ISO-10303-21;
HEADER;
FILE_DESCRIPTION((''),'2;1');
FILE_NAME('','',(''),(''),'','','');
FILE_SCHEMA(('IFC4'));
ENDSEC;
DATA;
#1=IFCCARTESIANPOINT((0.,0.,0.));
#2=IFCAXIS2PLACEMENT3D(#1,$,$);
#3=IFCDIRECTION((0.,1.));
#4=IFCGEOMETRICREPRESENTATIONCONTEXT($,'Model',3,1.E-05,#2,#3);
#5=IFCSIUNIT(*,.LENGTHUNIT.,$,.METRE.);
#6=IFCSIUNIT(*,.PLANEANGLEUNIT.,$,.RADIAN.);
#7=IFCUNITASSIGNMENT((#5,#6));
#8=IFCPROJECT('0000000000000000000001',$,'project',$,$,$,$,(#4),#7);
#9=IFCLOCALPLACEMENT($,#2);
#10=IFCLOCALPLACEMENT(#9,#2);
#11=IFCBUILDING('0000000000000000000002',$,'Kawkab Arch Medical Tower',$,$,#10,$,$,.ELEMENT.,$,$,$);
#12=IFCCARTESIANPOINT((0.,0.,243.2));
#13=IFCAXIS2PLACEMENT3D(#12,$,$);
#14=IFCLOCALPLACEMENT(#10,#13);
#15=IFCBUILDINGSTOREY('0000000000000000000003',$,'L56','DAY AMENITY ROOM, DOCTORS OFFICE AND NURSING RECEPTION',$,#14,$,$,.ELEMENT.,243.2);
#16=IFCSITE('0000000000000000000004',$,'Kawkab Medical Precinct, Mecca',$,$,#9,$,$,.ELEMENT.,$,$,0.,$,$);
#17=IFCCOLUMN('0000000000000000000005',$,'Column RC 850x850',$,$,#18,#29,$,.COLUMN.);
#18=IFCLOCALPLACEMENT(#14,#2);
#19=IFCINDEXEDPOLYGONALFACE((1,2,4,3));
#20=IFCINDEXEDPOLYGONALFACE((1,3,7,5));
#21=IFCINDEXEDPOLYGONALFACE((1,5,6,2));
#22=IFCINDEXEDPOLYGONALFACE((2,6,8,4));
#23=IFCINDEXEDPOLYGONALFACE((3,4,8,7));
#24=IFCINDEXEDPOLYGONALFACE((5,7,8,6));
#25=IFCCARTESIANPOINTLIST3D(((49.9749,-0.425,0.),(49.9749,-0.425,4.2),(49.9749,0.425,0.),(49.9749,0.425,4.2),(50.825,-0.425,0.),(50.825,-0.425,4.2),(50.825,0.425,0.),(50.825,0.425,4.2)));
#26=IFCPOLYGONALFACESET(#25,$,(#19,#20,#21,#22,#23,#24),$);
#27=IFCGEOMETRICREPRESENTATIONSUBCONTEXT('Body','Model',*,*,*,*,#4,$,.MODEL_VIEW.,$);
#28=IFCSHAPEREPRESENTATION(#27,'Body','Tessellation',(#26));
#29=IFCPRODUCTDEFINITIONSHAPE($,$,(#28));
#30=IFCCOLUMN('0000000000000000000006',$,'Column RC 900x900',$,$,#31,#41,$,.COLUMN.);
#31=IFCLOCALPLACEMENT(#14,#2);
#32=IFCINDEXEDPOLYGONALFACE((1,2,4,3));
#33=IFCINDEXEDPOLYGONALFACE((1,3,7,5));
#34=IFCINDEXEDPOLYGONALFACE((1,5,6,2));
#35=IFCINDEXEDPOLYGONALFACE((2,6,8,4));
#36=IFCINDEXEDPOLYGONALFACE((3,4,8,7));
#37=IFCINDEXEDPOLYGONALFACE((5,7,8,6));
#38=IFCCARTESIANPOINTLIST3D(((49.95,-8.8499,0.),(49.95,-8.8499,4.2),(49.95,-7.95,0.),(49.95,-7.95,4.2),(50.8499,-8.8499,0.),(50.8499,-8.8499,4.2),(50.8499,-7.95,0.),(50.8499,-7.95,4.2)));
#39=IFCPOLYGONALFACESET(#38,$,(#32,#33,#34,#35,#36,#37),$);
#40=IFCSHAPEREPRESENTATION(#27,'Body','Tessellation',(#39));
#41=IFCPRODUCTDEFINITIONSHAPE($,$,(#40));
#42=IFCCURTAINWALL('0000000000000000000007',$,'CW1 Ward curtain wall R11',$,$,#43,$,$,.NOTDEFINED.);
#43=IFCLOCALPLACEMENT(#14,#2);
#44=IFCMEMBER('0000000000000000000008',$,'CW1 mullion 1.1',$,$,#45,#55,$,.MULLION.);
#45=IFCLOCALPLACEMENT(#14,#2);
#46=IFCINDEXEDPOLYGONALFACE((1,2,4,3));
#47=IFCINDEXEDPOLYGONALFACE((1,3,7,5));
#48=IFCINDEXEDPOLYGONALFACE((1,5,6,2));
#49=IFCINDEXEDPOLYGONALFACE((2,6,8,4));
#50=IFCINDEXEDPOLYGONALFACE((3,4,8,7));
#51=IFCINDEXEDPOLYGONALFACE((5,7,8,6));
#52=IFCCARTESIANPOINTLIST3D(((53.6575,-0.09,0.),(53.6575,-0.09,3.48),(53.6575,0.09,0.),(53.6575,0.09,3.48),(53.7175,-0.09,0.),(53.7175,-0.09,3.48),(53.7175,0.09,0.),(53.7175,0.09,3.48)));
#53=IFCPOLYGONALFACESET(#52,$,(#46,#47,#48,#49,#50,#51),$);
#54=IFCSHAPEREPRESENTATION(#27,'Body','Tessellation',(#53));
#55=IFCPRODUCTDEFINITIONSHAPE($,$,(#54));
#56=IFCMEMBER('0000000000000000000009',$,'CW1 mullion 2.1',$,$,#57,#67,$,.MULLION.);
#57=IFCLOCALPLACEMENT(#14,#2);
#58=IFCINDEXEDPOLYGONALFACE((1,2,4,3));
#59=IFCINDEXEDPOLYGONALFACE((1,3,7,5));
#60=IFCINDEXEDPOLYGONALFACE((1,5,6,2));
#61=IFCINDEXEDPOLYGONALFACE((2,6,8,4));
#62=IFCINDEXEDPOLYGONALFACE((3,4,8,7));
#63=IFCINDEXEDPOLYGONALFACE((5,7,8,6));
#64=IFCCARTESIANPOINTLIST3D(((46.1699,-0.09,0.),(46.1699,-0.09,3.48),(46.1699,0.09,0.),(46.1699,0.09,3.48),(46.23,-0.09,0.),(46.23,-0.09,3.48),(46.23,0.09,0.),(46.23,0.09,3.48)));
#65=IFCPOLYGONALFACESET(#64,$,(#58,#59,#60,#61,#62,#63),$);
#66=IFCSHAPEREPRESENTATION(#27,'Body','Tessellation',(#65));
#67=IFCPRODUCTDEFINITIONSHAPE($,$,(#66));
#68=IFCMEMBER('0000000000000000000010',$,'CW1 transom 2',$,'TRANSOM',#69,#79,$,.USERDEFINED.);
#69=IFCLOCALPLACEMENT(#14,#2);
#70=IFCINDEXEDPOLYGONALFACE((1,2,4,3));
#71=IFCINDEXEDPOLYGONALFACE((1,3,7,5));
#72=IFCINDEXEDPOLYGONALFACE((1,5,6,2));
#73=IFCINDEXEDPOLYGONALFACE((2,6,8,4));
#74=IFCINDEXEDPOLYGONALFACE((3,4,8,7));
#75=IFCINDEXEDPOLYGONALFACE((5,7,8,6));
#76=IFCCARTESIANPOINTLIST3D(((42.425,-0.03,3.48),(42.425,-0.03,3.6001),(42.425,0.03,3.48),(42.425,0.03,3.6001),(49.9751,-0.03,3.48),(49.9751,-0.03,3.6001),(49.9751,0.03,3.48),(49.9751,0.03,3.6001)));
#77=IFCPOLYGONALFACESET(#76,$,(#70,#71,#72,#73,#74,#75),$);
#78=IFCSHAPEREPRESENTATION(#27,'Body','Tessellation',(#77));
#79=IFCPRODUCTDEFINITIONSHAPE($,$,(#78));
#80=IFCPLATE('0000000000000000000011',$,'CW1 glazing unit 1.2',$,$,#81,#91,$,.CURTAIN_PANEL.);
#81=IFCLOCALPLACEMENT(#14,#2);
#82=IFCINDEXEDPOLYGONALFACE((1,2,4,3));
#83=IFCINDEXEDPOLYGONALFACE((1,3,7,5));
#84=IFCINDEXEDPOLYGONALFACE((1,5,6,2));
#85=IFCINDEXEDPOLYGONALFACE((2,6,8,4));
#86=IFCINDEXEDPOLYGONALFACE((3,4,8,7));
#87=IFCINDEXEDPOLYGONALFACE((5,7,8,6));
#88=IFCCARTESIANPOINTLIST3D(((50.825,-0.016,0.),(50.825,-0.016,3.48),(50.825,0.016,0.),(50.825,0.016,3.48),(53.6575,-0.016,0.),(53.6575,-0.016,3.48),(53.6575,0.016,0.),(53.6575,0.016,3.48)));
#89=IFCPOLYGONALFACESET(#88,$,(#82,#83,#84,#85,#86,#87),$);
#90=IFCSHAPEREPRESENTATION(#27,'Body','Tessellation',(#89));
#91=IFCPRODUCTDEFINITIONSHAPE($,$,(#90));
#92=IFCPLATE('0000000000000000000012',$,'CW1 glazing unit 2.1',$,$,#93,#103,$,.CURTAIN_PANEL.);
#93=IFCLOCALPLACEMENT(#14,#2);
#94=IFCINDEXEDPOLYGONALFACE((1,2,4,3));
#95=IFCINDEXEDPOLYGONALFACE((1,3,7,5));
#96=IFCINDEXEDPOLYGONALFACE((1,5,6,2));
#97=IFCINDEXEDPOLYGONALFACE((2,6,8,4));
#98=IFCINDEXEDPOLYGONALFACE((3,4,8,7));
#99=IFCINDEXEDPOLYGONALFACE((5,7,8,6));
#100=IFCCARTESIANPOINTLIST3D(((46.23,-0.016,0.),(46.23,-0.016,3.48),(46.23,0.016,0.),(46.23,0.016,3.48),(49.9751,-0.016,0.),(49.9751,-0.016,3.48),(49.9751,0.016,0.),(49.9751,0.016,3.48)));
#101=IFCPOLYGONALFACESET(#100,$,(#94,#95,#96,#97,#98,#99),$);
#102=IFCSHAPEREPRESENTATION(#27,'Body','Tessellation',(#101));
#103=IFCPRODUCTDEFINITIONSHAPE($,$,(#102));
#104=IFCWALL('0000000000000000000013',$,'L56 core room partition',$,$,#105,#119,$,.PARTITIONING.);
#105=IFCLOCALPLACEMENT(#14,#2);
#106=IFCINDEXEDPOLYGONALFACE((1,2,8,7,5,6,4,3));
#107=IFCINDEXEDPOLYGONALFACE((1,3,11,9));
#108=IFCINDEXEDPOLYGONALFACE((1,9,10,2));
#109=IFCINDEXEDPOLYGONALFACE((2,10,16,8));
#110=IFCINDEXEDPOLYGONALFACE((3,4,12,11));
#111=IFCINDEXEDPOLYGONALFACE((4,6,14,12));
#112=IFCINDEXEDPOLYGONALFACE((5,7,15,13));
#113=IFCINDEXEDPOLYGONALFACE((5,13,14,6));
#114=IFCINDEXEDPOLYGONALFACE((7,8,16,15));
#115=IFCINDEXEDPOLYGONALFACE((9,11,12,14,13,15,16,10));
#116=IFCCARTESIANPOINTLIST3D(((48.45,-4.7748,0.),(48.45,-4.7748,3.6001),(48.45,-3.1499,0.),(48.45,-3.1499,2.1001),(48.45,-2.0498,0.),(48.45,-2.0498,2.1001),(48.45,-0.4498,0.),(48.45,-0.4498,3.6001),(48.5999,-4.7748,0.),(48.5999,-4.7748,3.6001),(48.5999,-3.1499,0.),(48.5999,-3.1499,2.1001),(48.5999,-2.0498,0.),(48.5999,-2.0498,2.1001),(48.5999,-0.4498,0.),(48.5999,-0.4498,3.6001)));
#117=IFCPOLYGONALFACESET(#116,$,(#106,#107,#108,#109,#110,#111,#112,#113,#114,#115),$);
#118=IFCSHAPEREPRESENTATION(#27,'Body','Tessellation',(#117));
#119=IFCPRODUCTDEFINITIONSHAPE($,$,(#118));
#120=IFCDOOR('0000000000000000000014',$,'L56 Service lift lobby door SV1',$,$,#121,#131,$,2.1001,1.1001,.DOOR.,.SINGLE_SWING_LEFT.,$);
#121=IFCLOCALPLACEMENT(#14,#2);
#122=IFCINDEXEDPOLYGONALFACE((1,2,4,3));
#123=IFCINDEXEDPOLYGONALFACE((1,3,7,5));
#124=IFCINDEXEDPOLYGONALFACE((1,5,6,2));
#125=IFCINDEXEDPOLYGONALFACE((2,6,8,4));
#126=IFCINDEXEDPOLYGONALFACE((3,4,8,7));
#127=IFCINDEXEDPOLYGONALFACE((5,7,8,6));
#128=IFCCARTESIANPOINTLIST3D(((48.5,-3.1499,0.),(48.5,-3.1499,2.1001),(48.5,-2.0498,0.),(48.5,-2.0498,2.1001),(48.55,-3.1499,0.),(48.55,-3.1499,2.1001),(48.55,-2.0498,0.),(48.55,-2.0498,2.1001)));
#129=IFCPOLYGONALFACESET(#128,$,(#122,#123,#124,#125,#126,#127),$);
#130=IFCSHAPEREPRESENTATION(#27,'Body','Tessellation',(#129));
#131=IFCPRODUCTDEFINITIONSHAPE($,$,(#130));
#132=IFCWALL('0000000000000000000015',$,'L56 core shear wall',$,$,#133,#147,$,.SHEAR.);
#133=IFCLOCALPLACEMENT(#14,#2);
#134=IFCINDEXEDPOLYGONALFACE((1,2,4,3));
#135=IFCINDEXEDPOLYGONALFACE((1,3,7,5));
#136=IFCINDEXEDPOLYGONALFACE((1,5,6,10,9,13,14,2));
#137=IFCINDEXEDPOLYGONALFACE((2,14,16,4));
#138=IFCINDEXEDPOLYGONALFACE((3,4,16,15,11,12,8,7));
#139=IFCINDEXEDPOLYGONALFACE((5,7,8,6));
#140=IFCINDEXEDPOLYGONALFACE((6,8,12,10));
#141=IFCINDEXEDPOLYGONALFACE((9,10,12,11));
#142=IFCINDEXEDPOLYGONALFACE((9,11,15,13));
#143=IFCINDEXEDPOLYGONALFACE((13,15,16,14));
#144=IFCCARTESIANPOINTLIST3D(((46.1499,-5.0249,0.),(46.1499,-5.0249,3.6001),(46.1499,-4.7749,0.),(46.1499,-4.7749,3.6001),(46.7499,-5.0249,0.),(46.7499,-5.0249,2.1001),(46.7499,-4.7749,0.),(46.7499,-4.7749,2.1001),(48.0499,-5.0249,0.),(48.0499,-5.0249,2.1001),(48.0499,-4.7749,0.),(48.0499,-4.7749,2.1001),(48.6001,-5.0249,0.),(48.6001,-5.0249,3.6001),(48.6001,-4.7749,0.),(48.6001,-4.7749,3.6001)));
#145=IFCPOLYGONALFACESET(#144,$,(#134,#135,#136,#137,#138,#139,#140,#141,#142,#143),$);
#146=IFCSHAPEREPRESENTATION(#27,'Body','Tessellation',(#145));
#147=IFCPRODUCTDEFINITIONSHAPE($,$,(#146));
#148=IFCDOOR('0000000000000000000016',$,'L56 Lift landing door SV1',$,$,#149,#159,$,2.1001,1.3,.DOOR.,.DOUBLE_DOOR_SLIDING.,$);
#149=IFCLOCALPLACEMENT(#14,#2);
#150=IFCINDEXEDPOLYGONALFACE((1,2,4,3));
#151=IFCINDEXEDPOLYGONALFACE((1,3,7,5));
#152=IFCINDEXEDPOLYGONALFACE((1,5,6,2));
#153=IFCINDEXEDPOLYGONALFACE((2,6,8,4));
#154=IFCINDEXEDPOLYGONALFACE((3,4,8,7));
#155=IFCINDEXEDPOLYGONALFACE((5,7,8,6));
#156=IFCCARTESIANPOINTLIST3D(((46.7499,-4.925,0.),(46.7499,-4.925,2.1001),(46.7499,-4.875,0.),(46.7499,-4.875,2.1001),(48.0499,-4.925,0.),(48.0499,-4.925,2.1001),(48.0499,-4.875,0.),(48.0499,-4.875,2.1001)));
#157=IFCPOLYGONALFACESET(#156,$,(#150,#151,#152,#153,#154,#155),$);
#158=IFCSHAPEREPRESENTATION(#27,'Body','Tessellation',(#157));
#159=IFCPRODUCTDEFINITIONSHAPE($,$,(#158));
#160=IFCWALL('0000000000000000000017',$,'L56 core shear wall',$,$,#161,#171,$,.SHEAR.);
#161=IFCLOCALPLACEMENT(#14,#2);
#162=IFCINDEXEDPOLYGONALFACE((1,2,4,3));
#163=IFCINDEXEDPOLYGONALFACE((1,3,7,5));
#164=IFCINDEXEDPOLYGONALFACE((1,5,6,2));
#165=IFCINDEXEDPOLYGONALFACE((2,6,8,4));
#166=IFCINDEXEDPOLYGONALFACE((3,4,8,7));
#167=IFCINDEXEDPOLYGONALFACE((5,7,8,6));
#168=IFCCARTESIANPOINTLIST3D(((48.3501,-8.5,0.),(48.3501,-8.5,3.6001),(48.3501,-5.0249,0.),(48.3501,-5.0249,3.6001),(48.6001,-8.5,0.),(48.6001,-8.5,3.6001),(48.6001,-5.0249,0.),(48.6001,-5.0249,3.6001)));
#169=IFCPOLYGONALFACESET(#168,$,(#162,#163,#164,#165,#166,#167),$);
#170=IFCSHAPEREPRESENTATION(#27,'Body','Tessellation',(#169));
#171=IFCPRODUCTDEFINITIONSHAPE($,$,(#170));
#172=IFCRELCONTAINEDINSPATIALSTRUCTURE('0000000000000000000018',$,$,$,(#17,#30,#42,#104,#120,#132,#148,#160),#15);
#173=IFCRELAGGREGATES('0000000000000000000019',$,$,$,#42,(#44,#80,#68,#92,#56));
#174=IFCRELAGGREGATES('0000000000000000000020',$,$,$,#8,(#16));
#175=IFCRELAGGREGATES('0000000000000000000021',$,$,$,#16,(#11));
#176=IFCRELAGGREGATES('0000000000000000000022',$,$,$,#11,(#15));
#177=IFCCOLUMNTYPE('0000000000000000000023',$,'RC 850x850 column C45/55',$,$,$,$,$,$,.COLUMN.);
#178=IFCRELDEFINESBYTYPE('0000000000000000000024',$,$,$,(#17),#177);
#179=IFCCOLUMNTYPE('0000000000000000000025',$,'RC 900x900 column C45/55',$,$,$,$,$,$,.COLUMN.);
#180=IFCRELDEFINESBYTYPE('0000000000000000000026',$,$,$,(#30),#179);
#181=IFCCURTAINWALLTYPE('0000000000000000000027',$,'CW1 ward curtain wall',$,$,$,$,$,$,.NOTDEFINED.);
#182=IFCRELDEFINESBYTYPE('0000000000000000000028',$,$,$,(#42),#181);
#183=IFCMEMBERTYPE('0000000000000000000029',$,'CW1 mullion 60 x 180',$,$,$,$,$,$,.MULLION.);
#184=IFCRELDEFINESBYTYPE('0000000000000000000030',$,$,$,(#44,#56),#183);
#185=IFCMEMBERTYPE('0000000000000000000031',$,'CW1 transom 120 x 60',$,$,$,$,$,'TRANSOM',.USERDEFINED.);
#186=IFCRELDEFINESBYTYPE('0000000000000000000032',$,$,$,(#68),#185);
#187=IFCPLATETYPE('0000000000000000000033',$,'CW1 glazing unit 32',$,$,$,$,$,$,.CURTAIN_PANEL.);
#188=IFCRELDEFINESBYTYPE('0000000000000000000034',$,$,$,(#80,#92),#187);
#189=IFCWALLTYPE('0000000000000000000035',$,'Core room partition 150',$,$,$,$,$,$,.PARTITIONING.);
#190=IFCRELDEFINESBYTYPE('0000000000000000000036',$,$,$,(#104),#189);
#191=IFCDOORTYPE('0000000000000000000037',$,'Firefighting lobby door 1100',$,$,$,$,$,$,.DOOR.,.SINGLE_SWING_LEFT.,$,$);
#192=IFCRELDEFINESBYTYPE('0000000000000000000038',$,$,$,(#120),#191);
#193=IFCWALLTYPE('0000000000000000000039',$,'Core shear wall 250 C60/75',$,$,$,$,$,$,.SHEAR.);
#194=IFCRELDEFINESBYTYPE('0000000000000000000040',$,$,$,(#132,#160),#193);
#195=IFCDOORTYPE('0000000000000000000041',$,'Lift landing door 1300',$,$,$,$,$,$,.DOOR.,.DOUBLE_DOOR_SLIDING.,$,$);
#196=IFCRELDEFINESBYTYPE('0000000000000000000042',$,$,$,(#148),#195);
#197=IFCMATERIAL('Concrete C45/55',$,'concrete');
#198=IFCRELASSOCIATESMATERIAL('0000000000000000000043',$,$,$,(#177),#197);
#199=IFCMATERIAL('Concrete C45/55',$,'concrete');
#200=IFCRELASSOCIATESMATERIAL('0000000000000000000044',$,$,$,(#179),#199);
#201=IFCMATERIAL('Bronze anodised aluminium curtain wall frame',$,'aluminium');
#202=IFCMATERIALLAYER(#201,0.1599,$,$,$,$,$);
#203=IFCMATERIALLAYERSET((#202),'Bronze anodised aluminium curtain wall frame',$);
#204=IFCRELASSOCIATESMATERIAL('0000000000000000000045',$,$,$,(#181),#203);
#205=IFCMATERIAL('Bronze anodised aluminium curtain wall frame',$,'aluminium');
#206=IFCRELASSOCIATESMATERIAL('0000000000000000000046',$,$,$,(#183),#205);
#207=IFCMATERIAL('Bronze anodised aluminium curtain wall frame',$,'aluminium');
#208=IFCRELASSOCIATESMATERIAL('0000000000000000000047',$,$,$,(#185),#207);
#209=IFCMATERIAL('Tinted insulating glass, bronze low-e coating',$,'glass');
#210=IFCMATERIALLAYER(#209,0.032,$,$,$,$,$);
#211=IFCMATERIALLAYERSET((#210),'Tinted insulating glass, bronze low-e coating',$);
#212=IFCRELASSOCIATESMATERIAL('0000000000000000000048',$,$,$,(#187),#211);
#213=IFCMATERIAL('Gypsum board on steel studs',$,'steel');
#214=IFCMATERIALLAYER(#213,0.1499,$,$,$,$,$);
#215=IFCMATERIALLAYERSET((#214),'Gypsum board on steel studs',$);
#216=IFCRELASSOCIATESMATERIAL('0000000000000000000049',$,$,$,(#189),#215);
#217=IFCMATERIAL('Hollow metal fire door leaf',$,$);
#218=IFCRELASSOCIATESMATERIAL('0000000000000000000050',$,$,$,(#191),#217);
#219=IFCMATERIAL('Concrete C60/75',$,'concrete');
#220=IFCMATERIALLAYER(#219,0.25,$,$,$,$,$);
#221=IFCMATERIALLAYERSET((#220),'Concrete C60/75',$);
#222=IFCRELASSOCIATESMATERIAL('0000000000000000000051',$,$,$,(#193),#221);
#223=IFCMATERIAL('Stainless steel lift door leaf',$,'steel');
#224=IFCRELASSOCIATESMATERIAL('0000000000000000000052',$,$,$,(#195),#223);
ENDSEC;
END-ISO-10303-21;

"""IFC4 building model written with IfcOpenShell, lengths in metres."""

from ifc_helpers import new_model, si_unit, direction, frame, frame_2d, origin, origin_2d, place, context, subcontext, project, spatial, rectangle, extrude, material, layer, layer_set, material_profile, profile_set, type_object, element, fill, aggregate, save


model = new_model("IFC4")

# Units and contexts
model_context = context("Model", 3, precision=1e-05, world=origin(), true_north=direction((0.0, 1.0)))
body_context = subcontext(model_context, "Body", "Model", "MODEL_VIEW")
ifc_project = project(units=[si_unit("LENGTHUNIT", "METRE"), si_unit("PLANEANGLEUNIT", "RADIAN")], contexts=[model_context])

# Site, building, storey
site_placement = place(None, origin())
site = spatial("IfcSite", under=ifc_project, at=site_placement, Name="Kawkab Medical Precinct, Mecca", CompositionType="ELEMENT", RefElevation=0.0)
building_placement = place(site_placement, origin())
building = spatial("IfcBuilding", under=site, at=building_placement, Name="Kawkab Arch Medical Tower", CompositionType="ELEMENT")
storey_placement = place(building_placement, frame((0.0, 0.0, 243.2)))
storey = spatial("IfcBuildingStorey", under=building, at=storey_placement, Name="L56", Description="DAY AMENITY ROOM, DOCTORS OFFICE AND NURSING RECEPTION", CompositionType="ELEMENT", Elevation=243.2)

# Columns
ifc_material_1 = material(Name="Concrete C45/55", Category="concrete")
ifc_material_profile_1 = material_profile(ifc_material_1, rectangle(XDim=0.8501, YDim=0.8501, at=origin_2d()), Name="RC 850x850")
ifc_profile_set_1 = profile_set([ifc_material_profile_1], Name="Concrete C45/55")
column_type_1 = type_object("IfcColumnType", Name="RC 850x850 column C45/55", PredefinedType="COLUMN", material=ifc_profile_set_1)
column_1_placement = place(storey_placement, frame((50.3999, 0.0, 0.0), z_axis=(0.0, 0.0, 1.0), x_axis=(1.0, 0.0, 0.0)))
element("IfcColumn", 1, at=column_1_placement, inside=storey, type_object=column_type_1, Name="Column RC 850x850", PredefinedType="COLUMN", context=body_context, shape_type="SweptSolid", body=[
    extrude(rectangle(XDim=0.8501, YDim=0.8501, at=origin_2d()), origin(), (0.0, 0.0, 1.0), 4.2),
])
ifc_material_2 = material(Name="Concrete C45/55", Category="concrete")
ifc_material_profile_2 = material_profile(ifc_material_2, rectangle(XDim=0.8999, YDim=0.8999, at=origin_2d()), Name="RC 900x900")
ifc_profile_set_2 = profile_set([ifc_material_profile_2], Name="Concrete C45/55")
column_type_2 = type_object("IfcColumnType", Name="RC 900x900 column C45/55", PredefinedType="COLUMN", material=ifc_profile_set_2)
column_2_placement = place(storey_placement, frame((50.3999, -8.3999, 0.0), z_axis=(0.0, 0.0, 1.0), x_axis=(1.0, 0.0, 0.0)))
element("IfcColumn", 2, at=column_2_placement, inside=storey, type_object=column_type_2, Name="Column RC 900x900", PredefinedType="COLUMN", context=body_context, shape_type="SweptSolid", body=[
    extrude(rectangle(XDim=0.8999, YDim=0.8999, at=origin_2d()), origin(), (0.0, 0.0, 1.0), 4.2),
])

# Curtain wall, members, plates
ifc_material_3 = material(Name="Bronze anodised aluminium curtain wall frame", Category="aluminium")
ifc_layer_1 = layer(ifc_material_3, 0.1599)
ifc_layer_set_1 = layer_set([ifc_layer_1], Name="Bronze anodised aluminium curtain wall frame")
curtain_wall_type = type_object("IfcCurtainWallType", Name="CW1 ward curtain wall", PredefinedType="NOTDEFINED", material=ifc_layer_set_1)
placement = place(storey_placement, origin())
curtain_wall = element("IfcCurtainWall", 3, at=placement, inside=storey, type_object=curtain_wall_type, Name="CW1 Ward curtain wall R11", PredefinedType="NOTDEFINED")
ifc_material_4 = material(Name="Bronze anodised aluminium curtain wall frame", Category="aluminium")
ifc_material_profile_3 = material_profile(ifc_material_4, rectangle(XDim=0.1799, YDim=0.0601, at=origin_2d()), Name="AL 60x180")
ifc_profile_set_3 = profile_set([ifc_material_profile_3], Name="Bronze anodised aluminium curtain wall frame")
member_type_1 = type_object("IfcMemberType", Name="CW1 mullion 60 x 180", PredefinedType="MULLION", material=ifc_profile_set_3)
member_1_placement = place(storey_placement, frame((53.6875, 0.0, 0.0), z_axis=(0.0, 0.0, 1.0), x_axis=(0.0, -1.0, 0.0)))
member_1 = element("IfcMember", 4, at=member_1_placement, type_object=member_type_1, Name="CW1 mullion 1.1", PredefinedType="MULLION", context=body_context, shape_type="SweptSolid", body=[
    extrude(rectangle(XDim=0.1799, YDim=0.0601, at=origin_2d()), origin(), (0.0, 0.0, 1.0), 3.48),
])
member_2_placement = place(storey_placement, frame((46.2, 0.0, 0.0), z_axis=(0.0, 0.0, 1.0), x_axis=(0.0, -1.0, 0.0)))
member_2 = element("IfcMember", 5, at=member_2_placement, type_object=member_type_1, Name="CW1 mullion 2.1", PredefinedType="MULLION", context=body_context, shape_type="SweptSolid", body=[
    extrude(rectangle(XDim=0.1799, YDim=0.0601, at=origin_2d()), origin(), (0.0, 0.0, 1.0), 3.48),
])
ifc_material_5 = material(Name="Bronze anodised aluminium curtain wall frame", Category="aluminium")
ifc_material_profile_4 = material_profile(ifc_material_5, rectangle(XDim=0.0601, YDim=0.1201, at=origin_2d()), Name="AL 60x120")
ifc_profile_set_4 = profile_set([ifc_material_profile_4], Name="Bronze anodised aluminium curtain wall frame")
member_type_2 = type_object("IfcMemberType", Name="CW1 transom 120 x 60", ElementType="TRANSOM", PredefinedType="USERDEFINED", material=ifc_profile_set_4)
member_3_placement = place(storey_placement, frame((49.9751, 0.0, 3.54), z_axis=(-1.0, 0.0, 0.0), x_axis=(0.0, -1.0, 0.0)))
member_3 = element("IfcMember", 6, at=member_3_placement, type_object=member_type_2, Name="CW1 transom 2", ObjectType="TRANSOM", PredefinedType="USERDEFINED", context=body_context, shape_type="SweptSolid", body=[
    extrude(rectangle(XDim=0.0601, YDim=0.1201, at=origin_2d()), origin(), (0.0, 0.0, 1.0), 7.55),
])
ifc_material_6 = material(Name="Tinted insulating glass, bronze low-e coating", Category="glass")
ifc_layer_2 = layer(ifc_material_6, 0.032)
ifc_layer_set_2 = layer_set([ifc_layer_2], Name="Tinted insulating glass, bronze low-e coating")
plate_type = type_object("IfcPlateType", Name="CW1 glazing unit 32", PredefinedType="CURTAIN_PANEL", material=ifc_layer_set_2)
plate_1_placement = place(storey_placement, frame((52.2412, 0.0, 0.0), z_axis=(0.0, 0.0, 1.0), x_axis=(-1.0, 0.0, 0.0)))
plate_1 = element("IfcPlate", 7, at=plate_1_placement, type_object=plate_type, Name="CW1 glazing unit 1.2", PredefinedType="CURTAIN_PANEL", context=body_context, shape_type="SweptSolid", body=[
    extrude(rectangle(XDim=2.8325, YDim=0.032, at=origin_2d()), origin(), (0.0, 0.0, 1.0), 3.48),
])
plate_2_placement = place(storey_placement, frame((48.1025, 0.0, 0.0), z_axis=(0.0, 0.0, 1.0), x_axis=(-1.0, 0.0, 0.0)))
plate_2 = element("IfcPlate", 8, at=plate_2_placement, type_object=plate_type, Name="CW1 glazing unit 2.1", PredefinedType="CURTAIN_PANEL", context=body_context, shape_type="SweptSolid", body=[
    extrude(rectangle(XDim=3.7451, YDim=0.032, at=origin_2d()), origin(), (0.0, 0.0, 1.0), 3.48),
])
aggregate(curtain_wall, [member_1, plate_1, member_3, plate_2, member_2])

# Walls, openings, doors
ifc_material_7 = material(Name="Gypsum board on steel studs", Category="steel")
ifc_layer_3 = layer(ifc_material_7, 0.1499)
ifc_layer_set_3 = layer_set([ifc_layer_3], Name="Gypsum board on steel studs")
wall_type_1 = type_object("IfcWallType", Name="Core room partition 150", PredefinedType="PARTITIONING", material=ifc_layer_set_3)
wall_1_placement = place(storey_placement, frame((48.5249, -4.7749, 0.0), z_axis=(0.0, 0.0, 1.0), x_axis=(0.0, 1.0, 0.0)))
wall_1 = element("IfcWall", 9, at=wall_1_placement, inside=storey, type_object=wall_type_1, Name="L56 core room partition", PredefinedType="PARTITIONING", context=body_context, shape_type="SweptSolid", body=[
    extrude(rectangle(XDim=4.325, YDim=0.1499, at=frame_2d((2.1626, 0.0))), origin(), (0.0, 0.0, 1.0), 3.6001),
])
opening_1_placement = place(wall_1_placement, frame((1.625, 0.0, 0.0)))
opening_1 = element("IfcOpeningElement", 10, at=opening_1_placement, cuts=wall_1, PredefinedType="OPENING", context=body_context, shape_type="SweptSolid", body=[
    extrude(rectangle(XDim=1.1001, YDim=2.1001, at=frame_2d((0.55, 1.05))), frame((0.0, 0.085, 0.0), z_axis=(0.0, -1.0, 0.0), x_axis=(1.0, 0.0, 0.0)), (0.0, 0.0, 1.0), 0.1699),
])
ifc_material_8 = material(Name="Hollow metal fire door leaf")
door_type_1 = type_object("IfcDoorType", Name="Firefighting lobby door 1100", OperationType="SINGLE_SWING_LEFT", PredefinedType="DOOR", material=ifc_material_8)
door_1_placement = place(opening_1_placement, origin())
door_1 = element("IfcDoor", 11, at=door_1_placement, inside=storey, type_object=door_type_1, Name="L56 Service lift lobby door SV1", OperationType="SINGLE_SWING_LEFT", OverallHeight=2.1001, OverallWidth=1.1001, PredefinedType="DOOR", context=body_context, shape_type="SweptSolid", body=[
    extrude(rectangle(XDim=1.1001, YDim=2.1001, at=frame_2d((0.55, 1.05))), frame((0.0, 0.0249, 0.0), z_axis=(0.0, -1.0, 0.0), x_axis=(1.0, 0.0, 0.0)), (0.0, 0.0, 1.0), 0.05),
])
fill(opening_1, door_1)
ifc_material_9 = material(Name="Concrete C60/75", Category="concrete")
ifc_layer_4 = layer(ifc_material_9, 0.25)
ifc_layer_set_4 = layer_set([ifc_layer_4], Name="Concrete C60/75")
wall_type_2 = type_object("IfcWallType", Name="Core shear wall 250 C60/75", PredefinedType="SHEAR", material=ifc_layer_set_4)
wall_2_placement = place(storey_placement, frame((46.1499, -4.8999, 0.0), z_axis=(0.0, 0.0, 1.0), x_axis=(1.0, 0.0, 0.0)))
wall_2 = element("IfcWall", 12, at=wall_2_placement, inside=storey, type_object=wall_type_2, Name="L56 core shear wall", PredefinedType="SHEAR", context=body_context, shape_type="SweptSolid", body=[
    extrude(rectangle(XDim=2.4502, YDim=0.25, at=frame_2d((1.2251, 0.0))), origin(), (0.0, 0.0, 1.0), 3.6001),
])
opening_2_placement = place(wall_2_placement, frame((0.6001, 0.0, 0.0)))
opening_2 = element("IfcOpeningElement", 13, at=opening_2_placement, cuts=wall_2, PredefinedType="OPENING", context=body_context, shape_type="SweptSolid", body=[
    extrude(rectangle(XDim=1.3, YDim=2.1001, at=frame_2d((0.6499, 1.05))), frame((0.0, 0.135, 0.0), z_axis=(0.0, -1.0, 0.0), x_axis=(1.0, 0.0, 0.0)), (0.0, 0.0, 1.0), 0.27),
])
ifc_material_10 = material(Name="Stainless steel lift door leaf", Category="steel")
door_type_2 = type_object("IfcDoorType", Name="Lift landing door 1300", OperationType="DOUBLE_DOOR_SLIDING", PredefinedType="DOOR", material=ifc_material_10)
door_2_placement = place(opening_2_placement, origin())
door_2 = element("IfcDoor", 14, at=door_2_placement, inside=storey, type_object=door_type_2, Name="L56 Lift landing door SV1", OperationType="DOUBLE_DOOR_SLIDING", OverallHeight=2.1001, OverallWidth=1.3, PredefinedType="DOOR", context=body_context, shape_type="SweptSolid", body=[
    extrude(rectangle(XDim=1.3, YDim=2.1001, at=frame_2d((0.6499, 1.05))), frame((0.0, 0.0249, 0.0), z_axis=(0.0, -1.0, 0.0), x_axis=(1.0, 0.0, 0.0)), (0.0, 0.0, 1.0), 0.05),
])
fill(opening_2, door_2)

# Wall
wall_3_placement = place(storey_placement, frame((48.4751, -8.5, 0.0), z_axis=(0.0, 0.0, 1.0), x_axis=(0.0, 1.0, 0.0)))
element("IfcWall", 15, at=wall_3_placement, inside=storey, type_object=wall_type_2, Name="L56 core shear wall", PredefinedType="SHEAR", context=body_context, shape_type="SweptSolid", body=[
    extrude(rectangle(XDim=3.4751, YDim=0.25, at=frame_2d((1.7375, 0.0))), origin(), (0.0, 0.0, 1.0), 3.6001),
])

save(model, "model.ifc")
